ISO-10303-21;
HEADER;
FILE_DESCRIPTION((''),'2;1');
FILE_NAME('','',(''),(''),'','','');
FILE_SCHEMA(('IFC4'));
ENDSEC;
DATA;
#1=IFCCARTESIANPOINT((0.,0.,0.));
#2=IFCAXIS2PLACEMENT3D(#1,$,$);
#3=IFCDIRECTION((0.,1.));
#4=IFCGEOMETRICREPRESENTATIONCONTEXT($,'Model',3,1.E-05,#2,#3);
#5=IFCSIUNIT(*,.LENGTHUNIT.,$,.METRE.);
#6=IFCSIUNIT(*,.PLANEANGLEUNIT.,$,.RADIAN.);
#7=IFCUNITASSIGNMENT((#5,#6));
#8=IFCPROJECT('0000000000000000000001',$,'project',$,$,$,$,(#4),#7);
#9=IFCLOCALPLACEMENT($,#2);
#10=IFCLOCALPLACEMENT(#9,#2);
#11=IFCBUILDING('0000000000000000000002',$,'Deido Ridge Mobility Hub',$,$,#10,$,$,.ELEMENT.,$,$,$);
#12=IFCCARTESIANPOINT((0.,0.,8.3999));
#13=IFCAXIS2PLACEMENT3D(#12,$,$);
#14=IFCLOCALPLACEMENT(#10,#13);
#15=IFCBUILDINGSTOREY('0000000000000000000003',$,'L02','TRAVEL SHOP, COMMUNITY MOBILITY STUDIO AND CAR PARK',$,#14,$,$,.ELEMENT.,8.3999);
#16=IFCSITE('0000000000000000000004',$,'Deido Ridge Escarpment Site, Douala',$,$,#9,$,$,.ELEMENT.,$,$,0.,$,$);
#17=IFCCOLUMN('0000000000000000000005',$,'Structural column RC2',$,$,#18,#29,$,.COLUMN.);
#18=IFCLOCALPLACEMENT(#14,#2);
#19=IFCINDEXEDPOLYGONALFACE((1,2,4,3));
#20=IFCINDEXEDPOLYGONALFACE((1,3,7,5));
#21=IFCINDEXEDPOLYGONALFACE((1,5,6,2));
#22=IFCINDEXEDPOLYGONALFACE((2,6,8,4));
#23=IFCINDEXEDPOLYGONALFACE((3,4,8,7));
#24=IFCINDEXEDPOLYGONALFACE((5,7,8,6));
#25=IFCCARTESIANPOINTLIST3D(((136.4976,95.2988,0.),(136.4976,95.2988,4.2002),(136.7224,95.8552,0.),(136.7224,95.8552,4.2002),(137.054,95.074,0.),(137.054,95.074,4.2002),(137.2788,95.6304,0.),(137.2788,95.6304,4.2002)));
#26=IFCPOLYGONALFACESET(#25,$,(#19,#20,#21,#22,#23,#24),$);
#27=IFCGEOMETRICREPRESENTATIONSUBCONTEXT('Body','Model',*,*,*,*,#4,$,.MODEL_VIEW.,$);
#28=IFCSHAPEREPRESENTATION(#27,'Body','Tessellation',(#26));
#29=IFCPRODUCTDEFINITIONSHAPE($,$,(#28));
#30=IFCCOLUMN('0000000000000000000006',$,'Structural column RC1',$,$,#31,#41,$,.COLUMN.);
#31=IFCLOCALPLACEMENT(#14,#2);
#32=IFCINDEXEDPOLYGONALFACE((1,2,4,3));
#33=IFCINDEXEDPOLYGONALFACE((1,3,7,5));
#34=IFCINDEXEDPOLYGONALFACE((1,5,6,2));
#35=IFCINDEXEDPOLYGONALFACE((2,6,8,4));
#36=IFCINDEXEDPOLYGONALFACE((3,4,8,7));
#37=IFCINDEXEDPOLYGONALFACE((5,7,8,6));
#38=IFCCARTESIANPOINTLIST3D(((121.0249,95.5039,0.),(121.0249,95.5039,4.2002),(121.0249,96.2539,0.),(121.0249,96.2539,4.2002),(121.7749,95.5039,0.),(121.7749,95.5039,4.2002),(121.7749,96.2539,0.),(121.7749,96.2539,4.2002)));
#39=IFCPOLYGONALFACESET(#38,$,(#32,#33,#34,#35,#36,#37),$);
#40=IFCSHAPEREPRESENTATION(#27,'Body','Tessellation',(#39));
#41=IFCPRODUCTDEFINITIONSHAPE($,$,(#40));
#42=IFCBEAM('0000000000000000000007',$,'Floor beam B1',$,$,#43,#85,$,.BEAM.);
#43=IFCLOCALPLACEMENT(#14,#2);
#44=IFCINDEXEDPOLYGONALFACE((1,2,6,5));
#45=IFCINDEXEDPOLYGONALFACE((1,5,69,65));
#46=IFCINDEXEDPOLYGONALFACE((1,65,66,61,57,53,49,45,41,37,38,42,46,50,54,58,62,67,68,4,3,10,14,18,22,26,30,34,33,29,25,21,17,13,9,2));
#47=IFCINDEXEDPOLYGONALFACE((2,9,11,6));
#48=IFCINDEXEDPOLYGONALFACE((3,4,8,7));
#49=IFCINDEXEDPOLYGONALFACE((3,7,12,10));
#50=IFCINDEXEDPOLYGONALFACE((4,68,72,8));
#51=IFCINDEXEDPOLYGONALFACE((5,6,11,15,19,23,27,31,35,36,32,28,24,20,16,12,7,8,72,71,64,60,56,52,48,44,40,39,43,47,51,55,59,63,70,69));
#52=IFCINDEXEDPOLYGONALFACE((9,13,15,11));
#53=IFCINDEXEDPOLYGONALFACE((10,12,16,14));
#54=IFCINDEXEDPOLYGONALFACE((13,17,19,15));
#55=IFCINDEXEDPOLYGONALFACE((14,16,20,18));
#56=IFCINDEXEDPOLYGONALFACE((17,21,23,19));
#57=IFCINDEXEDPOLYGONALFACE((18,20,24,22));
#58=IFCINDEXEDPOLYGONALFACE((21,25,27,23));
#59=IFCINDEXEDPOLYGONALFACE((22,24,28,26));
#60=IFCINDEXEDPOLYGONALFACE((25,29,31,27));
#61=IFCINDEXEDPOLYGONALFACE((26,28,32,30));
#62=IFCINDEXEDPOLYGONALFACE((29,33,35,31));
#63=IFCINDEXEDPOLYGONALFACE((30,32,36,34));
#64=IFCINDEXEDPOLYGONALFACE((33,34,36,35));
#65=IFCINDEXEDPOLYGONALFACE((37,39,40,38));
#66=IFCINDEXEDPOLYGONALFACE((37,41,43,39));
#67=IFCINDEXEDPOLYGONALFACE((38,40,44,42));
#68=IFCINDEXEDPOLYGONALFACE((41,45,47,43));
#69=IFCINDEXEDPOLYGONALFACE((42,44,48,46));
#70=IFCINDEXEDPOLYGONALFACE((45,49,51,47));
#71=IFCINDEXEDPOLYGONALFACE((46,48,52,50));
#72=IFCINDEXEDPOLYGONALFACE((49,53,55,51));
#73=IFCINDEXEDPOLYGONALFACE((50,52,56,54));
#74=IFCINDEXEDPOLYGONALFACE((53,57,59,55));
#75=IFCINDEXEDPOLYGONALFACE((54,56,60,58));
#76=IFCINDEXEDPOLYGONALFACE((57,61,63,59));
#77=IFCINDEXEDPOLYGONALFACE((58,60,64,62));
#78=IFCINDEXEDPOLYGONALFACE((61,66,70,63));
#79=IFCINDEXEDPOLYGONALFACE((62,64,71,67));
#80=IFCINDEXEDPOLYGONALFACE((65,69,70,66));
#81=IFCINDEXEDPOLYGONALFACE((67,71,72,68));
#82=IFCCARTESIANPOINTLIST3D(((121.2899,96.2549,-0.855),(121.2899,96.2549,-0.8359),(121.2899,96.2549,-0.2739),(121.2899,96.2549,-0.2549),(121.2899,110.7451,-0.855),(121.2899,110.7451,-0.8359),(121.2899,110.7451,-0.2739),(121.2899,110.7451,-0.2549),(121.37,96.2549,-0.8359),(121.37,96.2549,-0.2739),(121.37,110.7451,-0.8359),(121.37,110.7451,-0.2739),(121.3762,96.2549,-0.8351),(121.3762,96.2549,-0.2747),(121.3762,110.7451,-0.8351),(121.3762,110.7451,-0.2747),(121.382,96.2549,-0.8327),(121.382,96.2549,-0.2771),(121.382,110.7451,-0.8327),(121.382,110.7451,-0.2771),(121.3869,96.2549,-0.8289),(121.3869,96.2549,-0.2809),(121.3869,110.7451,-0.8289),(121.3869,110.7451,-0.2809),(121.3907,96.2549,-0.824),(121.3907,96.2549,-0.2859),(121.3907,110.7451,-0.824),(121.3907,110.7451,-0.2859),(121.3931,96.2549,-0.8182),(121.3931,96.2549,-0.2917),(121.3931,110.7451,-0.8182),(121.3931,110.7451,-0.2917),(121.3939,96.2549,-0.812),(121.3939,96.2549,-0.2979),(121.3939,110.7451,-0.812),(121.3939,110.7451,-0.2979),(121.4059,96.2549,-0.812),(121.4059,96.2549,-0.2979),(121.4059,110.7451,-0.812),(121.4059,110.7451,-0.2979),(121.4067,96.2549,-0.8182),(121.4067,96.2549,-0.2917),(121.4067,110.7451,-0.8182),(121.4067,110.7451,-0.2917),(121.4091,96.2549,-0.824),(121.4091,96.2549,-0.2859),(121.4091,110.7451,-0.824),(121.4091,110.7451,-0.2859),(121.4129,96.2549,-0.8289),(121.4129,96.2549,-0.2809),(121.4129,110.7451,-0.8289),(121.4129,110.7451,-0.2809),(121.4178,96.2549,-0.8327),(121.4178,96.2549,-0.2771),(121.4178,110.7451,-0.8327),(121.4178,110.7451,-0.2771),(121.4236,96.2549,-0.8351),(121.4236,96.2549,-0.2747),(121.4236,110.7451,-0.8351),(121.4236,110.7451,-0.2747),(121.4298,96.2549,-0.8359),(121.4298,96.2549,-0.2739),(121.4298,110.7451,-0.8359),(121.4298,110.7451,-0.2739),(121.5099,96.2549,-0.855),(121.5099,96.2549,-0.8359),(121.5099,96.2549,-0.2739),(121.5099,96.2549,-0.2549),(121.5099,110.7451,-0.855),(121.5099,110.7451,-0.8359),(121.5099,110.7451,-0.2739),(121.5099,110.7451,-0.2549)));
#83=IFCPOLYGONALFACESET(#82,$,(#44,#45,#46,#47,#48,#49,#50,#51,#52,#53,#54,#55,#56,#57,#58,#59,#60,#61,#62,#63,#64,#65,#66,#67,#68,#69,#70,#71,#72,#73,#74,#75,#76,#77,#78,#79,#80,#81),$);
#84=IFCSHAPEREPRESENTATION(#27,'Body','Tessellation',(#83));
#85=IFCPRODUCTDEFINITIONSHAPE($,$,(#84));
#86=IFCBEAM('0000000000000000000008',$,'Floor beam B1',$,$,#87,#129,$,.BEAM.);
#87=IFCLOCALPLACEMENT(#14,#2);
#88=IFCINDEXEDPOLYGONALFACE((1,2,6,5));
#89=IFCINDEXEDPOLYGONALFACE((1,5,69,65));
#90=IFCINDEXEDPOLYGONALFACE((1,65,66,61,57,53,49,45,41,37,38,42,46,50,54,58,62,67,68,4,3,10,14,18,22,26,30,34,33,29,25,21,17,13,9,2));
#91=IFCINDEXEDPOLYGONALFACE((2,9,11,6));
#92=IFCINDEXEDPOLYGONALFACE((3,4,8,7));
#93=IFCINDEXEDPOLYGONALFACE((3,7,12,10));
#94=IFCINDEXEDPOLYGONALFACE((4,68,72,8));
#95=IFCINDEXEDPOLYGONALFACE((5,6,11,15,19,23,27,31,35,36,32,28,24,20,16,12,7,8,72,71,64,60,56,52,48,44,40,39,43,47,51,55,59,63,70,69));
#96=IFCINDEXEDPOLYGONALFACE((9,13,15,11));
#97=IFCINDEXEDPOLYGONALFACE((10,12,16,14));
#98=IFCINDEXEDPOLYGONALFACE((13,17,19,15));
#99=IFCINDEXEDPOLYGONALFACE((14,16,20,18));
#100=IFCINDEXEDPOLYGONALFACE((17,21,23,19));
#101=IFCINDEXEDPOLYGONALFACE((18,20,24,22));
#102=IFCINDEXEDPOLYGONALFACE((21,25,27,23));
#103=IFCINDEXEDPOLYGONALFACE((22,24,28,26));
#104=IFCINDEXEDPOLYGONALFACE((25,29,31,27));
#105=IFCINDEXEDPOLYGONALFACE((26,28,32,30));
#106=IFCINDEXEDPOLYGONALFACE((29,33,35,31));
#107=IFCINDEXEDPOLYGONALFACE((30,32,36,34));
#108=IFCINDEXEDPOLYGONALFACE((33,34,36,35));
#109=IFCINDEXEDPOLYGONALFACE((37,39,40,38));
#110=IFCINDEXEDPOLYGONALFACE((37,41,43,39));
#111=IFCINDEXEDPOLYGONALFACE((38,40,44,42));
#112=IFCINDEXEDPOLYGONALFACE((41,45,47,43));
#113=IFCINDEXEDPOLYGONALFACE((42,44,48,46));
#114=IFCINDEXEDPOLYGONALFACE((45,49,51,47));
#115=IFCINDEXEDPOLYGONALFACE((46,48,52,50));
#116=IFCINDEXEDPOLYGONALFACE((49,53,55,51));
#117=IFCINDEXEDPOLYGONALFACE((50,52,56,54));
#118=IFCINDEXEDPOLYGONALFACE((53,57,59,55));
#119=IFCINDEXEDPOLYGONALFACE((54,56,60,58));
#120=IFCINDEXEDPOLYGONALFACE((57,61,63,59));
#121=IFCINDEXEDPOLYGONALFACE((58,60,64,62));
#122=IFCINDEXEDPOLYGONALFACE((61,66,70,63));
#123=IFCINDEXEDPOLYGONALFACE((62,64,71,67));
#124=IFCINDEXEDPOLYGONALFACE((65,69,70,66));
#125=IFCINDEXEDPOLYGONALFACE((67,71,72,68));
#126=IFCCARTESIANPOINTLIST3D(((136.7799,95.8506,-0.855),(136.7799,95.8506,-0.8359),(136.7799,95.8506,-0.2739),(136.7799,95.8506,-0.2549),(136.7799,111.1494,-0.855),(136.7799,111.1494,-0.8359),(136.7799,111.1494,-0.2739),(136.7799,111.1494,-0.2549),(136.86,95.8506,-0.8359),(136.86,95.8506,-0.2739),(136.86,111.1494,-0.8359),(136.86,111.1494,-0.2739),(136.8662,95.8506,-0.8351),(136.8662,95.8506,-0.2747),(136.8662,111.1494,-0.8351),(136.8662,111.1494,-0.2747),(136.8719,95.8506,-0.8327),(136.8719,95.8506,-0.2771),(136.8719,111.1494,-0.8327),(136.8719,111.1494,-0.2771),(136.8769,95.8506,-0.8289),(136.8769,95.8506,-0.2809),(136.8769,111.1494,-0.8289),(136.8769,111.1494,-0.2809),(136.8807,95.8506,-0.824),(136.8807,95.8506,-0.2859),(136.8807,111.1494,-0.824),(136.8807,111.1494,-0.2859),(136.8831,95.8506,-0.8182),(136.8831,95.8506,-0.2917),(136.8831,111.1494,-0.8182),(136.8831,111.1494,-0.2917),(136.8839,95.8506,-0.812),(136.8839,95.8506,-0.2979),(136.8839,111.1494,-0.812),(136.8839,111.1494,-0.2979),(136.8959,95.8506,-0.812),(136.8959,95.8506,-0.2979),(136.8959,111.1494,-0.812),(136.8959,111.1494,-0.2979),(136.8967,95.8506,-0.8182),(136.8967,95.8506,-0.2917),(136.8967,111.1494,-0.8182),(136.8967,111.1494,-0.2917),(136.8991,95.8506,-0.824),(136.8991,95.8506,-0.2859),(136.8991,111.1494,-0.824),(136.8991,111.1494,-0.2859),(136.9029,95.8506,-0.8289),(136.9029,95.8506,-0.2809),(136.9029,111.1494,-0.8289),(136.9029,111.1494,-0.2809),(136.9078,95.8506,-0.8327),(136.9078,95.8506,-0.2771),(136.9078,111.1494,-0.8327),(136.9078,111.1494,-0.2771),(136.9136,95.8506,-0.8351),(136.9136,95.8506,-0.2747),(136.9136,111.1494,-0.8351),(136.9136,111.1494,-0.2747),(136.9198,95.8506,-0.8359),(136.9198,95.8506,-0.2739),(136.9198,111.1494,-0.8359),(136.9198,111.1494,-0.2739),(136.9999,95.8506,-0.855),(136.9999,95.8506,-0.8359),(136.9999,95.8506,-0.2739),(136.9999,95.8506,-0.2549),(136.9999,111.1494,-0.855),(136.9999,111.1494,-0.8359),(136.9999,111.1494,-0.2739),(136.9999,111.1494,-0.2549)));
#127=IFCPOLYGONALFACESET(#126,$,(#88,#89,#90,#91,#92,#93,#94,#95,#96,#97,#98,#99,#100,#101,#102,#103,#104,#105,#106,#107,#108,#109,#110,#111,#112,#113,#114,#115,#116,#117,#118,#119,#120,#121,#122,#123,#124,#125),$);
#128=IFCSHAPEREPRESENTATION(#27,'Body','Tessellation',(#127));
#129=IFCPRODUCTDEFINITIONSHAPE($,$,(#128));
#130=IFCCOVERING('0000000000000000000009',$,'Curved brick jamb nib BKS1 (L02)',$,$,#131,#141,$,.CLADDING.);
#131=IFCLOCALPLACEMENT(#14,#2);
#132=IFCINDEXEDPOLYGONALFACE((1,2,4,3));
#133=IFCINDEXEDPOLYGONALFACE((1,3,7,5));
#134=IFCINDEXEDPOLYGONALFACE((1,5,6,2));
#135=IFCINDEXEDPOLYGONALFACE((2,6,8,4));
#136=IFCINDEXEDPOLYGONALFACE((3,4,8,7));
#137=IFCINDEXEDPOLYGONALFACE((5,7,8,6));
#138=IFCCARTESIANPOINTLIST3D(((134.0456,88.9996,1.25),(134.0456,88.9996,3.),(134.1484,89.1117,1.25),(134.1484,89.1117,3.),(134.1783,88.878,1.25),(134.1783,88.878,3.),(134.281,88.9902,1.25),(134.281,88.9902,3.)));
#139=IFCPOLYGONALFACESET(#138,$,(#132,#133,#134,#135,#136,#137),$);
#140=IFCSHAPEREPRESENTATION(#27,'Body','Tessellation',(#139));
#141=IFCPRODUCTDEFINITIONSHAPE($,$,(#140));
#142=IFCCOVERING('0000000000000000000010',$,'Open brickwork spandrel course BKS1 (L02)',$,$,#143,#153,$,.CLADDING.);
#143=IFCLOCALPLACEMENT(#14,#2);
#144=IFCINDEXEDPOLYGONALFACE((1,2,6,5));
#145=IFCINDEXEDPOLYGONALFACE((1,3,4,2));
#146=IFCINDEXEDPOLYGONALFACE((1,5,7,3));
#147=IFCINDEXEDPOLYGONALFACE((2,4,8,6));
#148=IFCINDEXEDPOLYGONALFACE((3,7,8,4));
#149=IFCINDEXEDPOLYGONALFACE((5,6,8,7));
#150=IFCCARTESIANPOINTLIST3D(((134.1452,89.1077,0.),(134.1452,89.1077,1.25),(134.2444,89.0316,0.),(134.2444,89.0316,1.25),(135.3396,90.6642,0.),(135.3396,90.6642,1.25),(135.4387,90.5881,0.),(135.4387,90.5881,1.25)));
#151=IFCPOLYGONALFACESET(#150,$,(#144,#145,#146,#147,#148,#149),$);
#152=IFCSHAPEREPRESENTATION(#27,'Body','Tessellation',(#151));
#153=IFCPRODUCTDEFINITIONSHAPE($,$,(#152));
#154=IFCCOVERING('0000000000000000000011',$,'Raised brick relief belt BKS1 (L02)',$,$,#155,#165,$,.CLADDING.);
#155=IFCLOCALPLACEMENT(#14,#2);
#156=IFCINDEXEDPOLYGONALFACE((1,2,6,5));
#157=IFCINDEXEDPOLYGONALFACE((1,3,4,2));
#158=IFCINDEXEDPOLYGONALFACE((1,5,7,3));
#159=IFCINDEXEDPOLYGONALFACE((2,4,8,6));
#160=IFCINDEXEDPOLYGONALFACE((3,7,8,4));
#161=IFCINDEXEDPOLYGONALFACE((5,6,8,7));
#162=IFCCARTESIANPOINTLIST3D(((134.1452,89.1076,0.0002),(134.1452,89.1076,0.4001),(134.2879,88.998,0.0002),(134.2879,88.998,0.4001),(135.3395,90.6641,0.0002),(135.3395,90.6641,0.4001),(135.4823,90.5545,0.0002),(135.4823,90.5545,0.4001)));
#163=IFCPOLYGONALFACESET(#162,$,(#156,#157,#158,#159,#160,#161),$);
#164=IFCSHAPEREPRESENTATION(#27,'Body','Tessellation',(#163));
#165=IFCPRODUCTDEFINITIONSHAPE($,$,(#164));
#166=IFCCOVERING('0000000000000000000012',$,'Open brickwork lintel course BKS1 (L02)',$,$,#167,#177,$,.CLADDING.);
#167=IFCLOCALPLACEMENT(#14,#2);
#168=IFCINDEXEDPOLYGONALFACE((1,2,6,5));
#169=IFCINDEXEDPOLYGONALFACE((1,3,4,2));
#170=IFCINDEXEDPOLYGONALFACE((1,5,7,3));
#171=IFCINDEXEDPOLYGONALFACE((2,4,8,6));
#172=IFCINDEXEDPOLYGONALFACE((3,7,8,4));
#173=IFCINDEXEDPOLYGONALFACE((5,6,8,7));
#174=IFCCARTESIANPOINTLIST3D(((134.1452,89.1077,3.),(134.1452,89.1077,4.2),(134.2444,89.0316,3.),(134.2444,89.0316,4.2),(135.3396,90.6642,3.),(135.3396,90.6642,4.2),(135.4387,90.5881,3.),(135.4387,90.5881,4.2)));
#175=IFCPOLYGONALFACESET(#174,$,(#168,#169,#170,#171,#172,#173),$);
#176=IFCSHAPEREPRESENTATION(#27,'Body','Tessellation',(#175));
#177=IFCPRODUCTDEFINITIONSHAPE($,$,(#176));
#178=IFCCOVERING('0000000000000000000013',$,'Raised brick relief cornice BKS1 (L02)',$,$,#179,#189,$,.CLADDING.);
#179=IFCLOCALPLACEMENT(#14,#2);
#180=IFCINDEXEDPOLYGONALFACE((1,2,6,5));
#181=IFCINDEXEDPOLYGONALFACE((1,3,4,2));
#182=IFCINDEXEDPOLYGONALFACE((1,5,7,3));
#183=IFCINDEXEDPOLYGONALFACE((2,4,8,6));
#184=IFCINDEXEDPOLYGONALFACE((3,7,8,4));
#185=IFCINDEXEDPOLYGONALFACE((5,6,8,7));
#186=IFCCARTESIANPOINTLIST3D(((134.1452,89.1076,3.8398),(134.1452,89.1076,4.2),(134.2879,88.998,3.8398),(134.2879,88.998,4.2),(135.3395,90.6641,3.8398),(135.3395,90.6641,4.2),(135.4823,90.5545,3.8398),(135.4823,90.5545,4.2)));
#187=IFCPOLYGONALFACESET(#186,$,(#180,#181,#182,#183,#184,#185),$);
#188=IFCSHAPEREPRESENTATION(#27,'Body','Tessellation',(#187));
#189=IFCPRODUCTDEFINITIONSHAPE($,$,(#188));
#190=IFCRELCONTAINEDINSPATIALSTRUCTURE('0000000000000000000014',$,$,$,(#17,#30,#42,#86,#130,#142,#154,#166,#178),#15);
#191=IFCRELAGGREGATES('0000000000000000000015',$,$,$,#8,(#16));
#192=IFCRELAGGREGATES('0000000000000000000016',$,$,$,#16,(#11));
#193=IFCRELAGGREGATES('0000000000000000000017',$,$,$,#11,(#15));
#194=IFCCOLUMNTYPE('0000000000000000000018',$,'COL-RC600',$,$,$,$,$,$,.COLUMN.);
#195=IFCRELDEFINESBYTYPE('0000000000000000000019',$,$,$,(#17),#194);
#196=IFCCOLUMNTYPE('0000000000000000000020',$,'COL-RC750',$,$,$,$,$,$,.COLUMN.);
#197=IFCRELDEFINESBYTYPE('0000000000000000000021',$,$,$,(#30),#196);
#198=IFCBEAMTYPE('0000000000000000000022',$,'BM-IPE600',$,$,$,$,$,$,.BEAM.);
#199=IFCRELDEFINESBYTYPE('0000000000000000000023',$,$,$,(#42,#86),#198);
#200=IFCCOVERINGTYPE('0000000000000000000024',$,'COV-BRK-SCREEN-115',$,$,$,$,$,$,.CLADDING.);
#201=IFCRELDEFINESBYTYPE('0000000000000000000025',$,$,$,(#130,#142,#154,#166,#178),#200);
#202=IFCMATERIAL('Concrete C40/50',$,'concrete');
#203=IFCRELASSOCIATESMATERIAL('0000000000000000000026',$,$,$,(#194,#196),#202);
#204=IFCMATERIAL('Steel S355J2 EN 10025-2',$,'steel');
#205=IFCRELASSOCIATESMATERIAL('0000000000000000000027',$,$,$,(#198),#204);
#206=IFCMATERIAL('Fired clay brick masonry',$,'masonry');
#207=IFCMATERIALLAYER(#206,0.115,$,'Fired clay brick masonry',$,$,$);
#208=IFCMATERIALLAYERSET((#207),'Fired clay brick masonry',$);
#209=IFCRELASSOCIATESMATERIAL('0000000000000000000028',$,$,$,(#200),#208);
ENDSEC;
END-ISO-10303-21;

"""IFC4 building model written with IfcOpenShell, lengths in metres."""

from ifc_helpers import new_model, si_unit, direction, frame, origin, origin_2d, place, context, subcontext, project, spatial, rectangle, i_section, extrude, material, layer, layer_set, material_profile, profile_set, type_object, element, save


model = new_model("IFC4")

# Units and contexts
model_context = context("Model", 3, precision=1e-05, world=origin(), true_north=direction((0.0, 1.0)))
body_context = subcontext(model_context, "Body", "Model", "MODEL_VIEW")
ifc_project = project(units=[si_unit("LENGTHUNIT", "METRE"), si_unit("PLANEANGLEUNIT", "RADIAN")], contexts=[model_context])

# Site, building, storey
site_placement = place(None, origin())
site = spatial("IfcSite", under=ifc_project, at=site_placement, Name="Deido Ridge Escarpment Site, Douala", CompositionType="ELEMENT", RefElevation=0.0)
building_placement = place(site_placement, origin())
building = spatial("IfcBuilding", under=site, at=building_placement, Name="Deido Ridge Mobility Hub", CompositionType="ELEMENT")
storey_placement = place(building_placement, frame((0.0, 0.0, 8.3999)))
storey = spatial("IfcBuildingStorey", under=building, at=storey_placement, Name="L02", Description="TRAVEL SHOP, COMMUNITY MOBILITY STUDIO AND CAR PARK", CompositionType="ELEMENT", Elevation=8.3999)

# Columns
ifc_material_1 = material(Name="Concrete C40/50", Category="concrete")
ifc_material_profile_1 = material_profile(ifc_material_1, rectangle(XDim=0.6001, YDim=0.6001, at=origin_2d()), Name="RC COL 600x600")
ifc_profile_set_1 = profile_set([ifc_material_profile_1], Name="Concrete C40/50")
column_type_1 = type_object("IfcColumnType", Name="COL-RC600", PredefinedType="COLUMN", material=ifc_profile_set_1)
column_1_placement = place(storey_placement, frame((136.8882, 95.4646, 0.0), z_axis=(0.0, 0.0, 1.0), x_axis=(0.927184, -0.374607, 0.0)))
element("IfcColumn", 1, at=column_1_placement, inside=storey, type_object=column_type_1, Name="Structural column RC2", PredefinedType="COLUMN", context=body_context, shape_type="SweptSolid", body=[
    extrude(rectangle(XDim=0.6001, YDim=0.6001, at=origin_2d()), origin(), (0.0, 0.0, 1.0), 4.2002),
])
ifc_material_profile_2 = material_profile(ifc_material_1, rectangle(XDim=0.75, YDim=0.75, at=origin_2d()), Name="RC COL 750x750")
ifc_profile_set_2 = profile_set([ifc_material_profile_2], Name="Concrete C40/50")
column_type_2 = type_object("IfcColumnType", Name="COL-RC750", PredefinedType="COLUMN", material=ifc_profile_set_2)
column_2_placement = place(storey_placement, frame((121.3999, 95.8789, 0.0), z_axis=(0.0, 0.0, 1.0), x_axis=(1.0, 0.0, 0.0)))
element("IfcColumn", 2, at=column_2_placement, inside=storey, type_object=column_type_2, Name="Structural column RC1", PredefinedType="COLUMN", context=body_context, shape_type="SweptSolid", body=[
    extrude(rectangle(XDim=0.75, YDim=0.75, at=origin_2d()), origin(), (0.0, 0.0, 1.0), 4.2002),
])

# Beams
ifc_material_2 = material(Name="Steel S355J2 EN 10025-2", Category="steel")
ifc_material_profile_3 = material_profile(ifc_material_2, i_section(OverallWidth=0.22, OverallDepth=0.6001, WebThickness=0.012, FlangeThickness=0.019, FilletRadius=0.0239, at=origin_2d()), Name="IPE 600")
ifc_profile_set_3 = profile_set([ifc_material_profile_3], Name="Steel S355J2 EN 10025-2")
beam_type = type_object("IfcBeamType", Name="BM-IPE600", PredefinedType="BEAM", material=ifc_profile_set_3)
beam_1_placement = place(storey_placement, frame((121.3999, 96.2549, -0.5549), z_axis=(0.0, 1.0, 0.0), x_axis=(-1.0, 0.0, 0.0)))
element("IfcBeam", 3, at=beam_1_placement, inside=storey, type_object=beam_type, Name="Floor beam B1", PredefinedType="BEAM", context=body_context, shape_type="SweptSolid", body=[
    extrude(i_section(OverallWidth=0.22, OverallDepth=0.6001, WebThickness=0.012, FlangeThickness=0.019, FilletRadius=0.0239, at=origin_2d()), origin(), (0.0, 0.0, 1.0), 14.4902),
])
beam_2_placement = place(storey_placement, frame((136.8899, 95.8506, -0.5549), z_axis=(0.0, 1.0, 0.0), x_axis=(-1.0, 0.0, 0.0)))
element("IfcBeam", 4, at=beam_2_placement, inside=storey, type_object=beam_type, Name="Floor beam B1", PredefinedType="BEAM", context=body_context, shape_type="SweptSolid", body=[
    extrude(i_section(OverallWidth=0.22, OverallDepth=0.6001, WebThickness=0.012, FlangeThickness=0.019, FilletRadius=0.0239, at=origin_2d()), origin(), (0.0, 0.0, 1.0), 15.2988),
])

# Coverings
ifc_material_3 = material(Name="Fired clay brick masonry", Category="masonry")
ifc_layer = layer(ifc_material_3, 0.115, Name="Fired clay brick masonry")
ifc_layer_set = layer_set([ifc_layer], Name="Fired clay brick masonry")
covering_type = type_object("IfcCoveringType", Name="COV-BRK-SCREEN-115", PredefinedType="CLADDING", material=ifc_layer_set)
covering_1_placement = place(storey_placement, frame((134.1633, 88.9949, 1.25), z_axis=(0.0, 0.0, 1.0), x_axis=(0.675577, 0.737289, 0.0)))
element("IfcCovering", 5, at=covering_1_placement, inside=storey, type_object=covering_type, Name="Curved brick jamb nib BKS1 (L02)", PredefinedType="CLADDING", context=body_context, shape_type="SweptSolid", body=[
    extrude(rectangle(XDim=0.1521, YDim=0.1799, at=origin_2d()), origin(), (0.0, 0.0, 1.0), 1.75),
])
covering_2_placement = place(storey_placement, frame((134.792, 89.8479, 0.0), z_axis=(0.0, 0.0, 1.0), x_axis=(0.608761, 0.793353, 0.0)))
element("IfcCovering", 6, at=covering_2_placement, inside=storey, type_object=covering_type, Name="Open brickwork spandrel course BKS1 (L02)", PredefinedType="CLADDING", context=body_context, shape_type="SweptSolid", body=[
    extrude(rectangle(XDim=1.9619, YDim=0.125, at=origin_2d()), origin(), (0.0, 0.0, 1.0), 1.25),
])
covering_3_placement = place(storey_placement, frame((134.8137, 89.8311, 0.0002), z_axis=(0.0, 0.0, 1.0), x_axis=(0.608761, 0.793353, 0.0)))
element("IfcCovering", 7, at=covering_3_placement, inside=storey, type_object=covering_type, Name="Raised brick relief belt BKS1 (L02)", PredefinedType="CLADDING", context=body_context, shape_type="SweptSolid", body=[
    extrude(rectangle(XDim=1.9619, YDim=0.1799, at=origin_2d()), origin(), (0.0, 0.0, 1.0), 0.3999),
])
covering_4_placement = place(storey_placement, frame((134.792, 89.8479, 3.0), z_axis=(0.0, 0.0, 1.0), x_axis=(0.608761, 0.793353, 0.0)))
element("IfcCovering", 8, at=covering_4_placement, inside=storey, type_object=covering_type, Name="Open brickwork lintel course BKS1 (L02)", PredefinedType="CLADDING", context=body_context, shape_type="SweptSolid", body=[
    extrude(rectangle(XDim=1.9619, YDim=0.125, at=origin_2d()), origin(), (0.0, 0.0, 1.0), 1.2),
])
covering_5_placement = place(storey_placement, frame((134.8137, 89.8311, 3.8398), z_axis=(0.0, 0.0, 1.0), x_axis=(0.608761, 0.793353, 0.0)))
element("IfcCovering", 9, at=covering_5_placement, inside=storey, type_object=covering_type, Name="Raised brick relief cornice BKS1 (L02)", PredefinedType="CLADDING", context=body_context, shape_type="SweptSolid", body=[
    extrude(rectangle(XDim=1.9619, YDim=0.1799, at=origin_2d()), origin(), (0.0, 0.0, 1.0), 0.3601),
])

save(model, "model.ifc")
